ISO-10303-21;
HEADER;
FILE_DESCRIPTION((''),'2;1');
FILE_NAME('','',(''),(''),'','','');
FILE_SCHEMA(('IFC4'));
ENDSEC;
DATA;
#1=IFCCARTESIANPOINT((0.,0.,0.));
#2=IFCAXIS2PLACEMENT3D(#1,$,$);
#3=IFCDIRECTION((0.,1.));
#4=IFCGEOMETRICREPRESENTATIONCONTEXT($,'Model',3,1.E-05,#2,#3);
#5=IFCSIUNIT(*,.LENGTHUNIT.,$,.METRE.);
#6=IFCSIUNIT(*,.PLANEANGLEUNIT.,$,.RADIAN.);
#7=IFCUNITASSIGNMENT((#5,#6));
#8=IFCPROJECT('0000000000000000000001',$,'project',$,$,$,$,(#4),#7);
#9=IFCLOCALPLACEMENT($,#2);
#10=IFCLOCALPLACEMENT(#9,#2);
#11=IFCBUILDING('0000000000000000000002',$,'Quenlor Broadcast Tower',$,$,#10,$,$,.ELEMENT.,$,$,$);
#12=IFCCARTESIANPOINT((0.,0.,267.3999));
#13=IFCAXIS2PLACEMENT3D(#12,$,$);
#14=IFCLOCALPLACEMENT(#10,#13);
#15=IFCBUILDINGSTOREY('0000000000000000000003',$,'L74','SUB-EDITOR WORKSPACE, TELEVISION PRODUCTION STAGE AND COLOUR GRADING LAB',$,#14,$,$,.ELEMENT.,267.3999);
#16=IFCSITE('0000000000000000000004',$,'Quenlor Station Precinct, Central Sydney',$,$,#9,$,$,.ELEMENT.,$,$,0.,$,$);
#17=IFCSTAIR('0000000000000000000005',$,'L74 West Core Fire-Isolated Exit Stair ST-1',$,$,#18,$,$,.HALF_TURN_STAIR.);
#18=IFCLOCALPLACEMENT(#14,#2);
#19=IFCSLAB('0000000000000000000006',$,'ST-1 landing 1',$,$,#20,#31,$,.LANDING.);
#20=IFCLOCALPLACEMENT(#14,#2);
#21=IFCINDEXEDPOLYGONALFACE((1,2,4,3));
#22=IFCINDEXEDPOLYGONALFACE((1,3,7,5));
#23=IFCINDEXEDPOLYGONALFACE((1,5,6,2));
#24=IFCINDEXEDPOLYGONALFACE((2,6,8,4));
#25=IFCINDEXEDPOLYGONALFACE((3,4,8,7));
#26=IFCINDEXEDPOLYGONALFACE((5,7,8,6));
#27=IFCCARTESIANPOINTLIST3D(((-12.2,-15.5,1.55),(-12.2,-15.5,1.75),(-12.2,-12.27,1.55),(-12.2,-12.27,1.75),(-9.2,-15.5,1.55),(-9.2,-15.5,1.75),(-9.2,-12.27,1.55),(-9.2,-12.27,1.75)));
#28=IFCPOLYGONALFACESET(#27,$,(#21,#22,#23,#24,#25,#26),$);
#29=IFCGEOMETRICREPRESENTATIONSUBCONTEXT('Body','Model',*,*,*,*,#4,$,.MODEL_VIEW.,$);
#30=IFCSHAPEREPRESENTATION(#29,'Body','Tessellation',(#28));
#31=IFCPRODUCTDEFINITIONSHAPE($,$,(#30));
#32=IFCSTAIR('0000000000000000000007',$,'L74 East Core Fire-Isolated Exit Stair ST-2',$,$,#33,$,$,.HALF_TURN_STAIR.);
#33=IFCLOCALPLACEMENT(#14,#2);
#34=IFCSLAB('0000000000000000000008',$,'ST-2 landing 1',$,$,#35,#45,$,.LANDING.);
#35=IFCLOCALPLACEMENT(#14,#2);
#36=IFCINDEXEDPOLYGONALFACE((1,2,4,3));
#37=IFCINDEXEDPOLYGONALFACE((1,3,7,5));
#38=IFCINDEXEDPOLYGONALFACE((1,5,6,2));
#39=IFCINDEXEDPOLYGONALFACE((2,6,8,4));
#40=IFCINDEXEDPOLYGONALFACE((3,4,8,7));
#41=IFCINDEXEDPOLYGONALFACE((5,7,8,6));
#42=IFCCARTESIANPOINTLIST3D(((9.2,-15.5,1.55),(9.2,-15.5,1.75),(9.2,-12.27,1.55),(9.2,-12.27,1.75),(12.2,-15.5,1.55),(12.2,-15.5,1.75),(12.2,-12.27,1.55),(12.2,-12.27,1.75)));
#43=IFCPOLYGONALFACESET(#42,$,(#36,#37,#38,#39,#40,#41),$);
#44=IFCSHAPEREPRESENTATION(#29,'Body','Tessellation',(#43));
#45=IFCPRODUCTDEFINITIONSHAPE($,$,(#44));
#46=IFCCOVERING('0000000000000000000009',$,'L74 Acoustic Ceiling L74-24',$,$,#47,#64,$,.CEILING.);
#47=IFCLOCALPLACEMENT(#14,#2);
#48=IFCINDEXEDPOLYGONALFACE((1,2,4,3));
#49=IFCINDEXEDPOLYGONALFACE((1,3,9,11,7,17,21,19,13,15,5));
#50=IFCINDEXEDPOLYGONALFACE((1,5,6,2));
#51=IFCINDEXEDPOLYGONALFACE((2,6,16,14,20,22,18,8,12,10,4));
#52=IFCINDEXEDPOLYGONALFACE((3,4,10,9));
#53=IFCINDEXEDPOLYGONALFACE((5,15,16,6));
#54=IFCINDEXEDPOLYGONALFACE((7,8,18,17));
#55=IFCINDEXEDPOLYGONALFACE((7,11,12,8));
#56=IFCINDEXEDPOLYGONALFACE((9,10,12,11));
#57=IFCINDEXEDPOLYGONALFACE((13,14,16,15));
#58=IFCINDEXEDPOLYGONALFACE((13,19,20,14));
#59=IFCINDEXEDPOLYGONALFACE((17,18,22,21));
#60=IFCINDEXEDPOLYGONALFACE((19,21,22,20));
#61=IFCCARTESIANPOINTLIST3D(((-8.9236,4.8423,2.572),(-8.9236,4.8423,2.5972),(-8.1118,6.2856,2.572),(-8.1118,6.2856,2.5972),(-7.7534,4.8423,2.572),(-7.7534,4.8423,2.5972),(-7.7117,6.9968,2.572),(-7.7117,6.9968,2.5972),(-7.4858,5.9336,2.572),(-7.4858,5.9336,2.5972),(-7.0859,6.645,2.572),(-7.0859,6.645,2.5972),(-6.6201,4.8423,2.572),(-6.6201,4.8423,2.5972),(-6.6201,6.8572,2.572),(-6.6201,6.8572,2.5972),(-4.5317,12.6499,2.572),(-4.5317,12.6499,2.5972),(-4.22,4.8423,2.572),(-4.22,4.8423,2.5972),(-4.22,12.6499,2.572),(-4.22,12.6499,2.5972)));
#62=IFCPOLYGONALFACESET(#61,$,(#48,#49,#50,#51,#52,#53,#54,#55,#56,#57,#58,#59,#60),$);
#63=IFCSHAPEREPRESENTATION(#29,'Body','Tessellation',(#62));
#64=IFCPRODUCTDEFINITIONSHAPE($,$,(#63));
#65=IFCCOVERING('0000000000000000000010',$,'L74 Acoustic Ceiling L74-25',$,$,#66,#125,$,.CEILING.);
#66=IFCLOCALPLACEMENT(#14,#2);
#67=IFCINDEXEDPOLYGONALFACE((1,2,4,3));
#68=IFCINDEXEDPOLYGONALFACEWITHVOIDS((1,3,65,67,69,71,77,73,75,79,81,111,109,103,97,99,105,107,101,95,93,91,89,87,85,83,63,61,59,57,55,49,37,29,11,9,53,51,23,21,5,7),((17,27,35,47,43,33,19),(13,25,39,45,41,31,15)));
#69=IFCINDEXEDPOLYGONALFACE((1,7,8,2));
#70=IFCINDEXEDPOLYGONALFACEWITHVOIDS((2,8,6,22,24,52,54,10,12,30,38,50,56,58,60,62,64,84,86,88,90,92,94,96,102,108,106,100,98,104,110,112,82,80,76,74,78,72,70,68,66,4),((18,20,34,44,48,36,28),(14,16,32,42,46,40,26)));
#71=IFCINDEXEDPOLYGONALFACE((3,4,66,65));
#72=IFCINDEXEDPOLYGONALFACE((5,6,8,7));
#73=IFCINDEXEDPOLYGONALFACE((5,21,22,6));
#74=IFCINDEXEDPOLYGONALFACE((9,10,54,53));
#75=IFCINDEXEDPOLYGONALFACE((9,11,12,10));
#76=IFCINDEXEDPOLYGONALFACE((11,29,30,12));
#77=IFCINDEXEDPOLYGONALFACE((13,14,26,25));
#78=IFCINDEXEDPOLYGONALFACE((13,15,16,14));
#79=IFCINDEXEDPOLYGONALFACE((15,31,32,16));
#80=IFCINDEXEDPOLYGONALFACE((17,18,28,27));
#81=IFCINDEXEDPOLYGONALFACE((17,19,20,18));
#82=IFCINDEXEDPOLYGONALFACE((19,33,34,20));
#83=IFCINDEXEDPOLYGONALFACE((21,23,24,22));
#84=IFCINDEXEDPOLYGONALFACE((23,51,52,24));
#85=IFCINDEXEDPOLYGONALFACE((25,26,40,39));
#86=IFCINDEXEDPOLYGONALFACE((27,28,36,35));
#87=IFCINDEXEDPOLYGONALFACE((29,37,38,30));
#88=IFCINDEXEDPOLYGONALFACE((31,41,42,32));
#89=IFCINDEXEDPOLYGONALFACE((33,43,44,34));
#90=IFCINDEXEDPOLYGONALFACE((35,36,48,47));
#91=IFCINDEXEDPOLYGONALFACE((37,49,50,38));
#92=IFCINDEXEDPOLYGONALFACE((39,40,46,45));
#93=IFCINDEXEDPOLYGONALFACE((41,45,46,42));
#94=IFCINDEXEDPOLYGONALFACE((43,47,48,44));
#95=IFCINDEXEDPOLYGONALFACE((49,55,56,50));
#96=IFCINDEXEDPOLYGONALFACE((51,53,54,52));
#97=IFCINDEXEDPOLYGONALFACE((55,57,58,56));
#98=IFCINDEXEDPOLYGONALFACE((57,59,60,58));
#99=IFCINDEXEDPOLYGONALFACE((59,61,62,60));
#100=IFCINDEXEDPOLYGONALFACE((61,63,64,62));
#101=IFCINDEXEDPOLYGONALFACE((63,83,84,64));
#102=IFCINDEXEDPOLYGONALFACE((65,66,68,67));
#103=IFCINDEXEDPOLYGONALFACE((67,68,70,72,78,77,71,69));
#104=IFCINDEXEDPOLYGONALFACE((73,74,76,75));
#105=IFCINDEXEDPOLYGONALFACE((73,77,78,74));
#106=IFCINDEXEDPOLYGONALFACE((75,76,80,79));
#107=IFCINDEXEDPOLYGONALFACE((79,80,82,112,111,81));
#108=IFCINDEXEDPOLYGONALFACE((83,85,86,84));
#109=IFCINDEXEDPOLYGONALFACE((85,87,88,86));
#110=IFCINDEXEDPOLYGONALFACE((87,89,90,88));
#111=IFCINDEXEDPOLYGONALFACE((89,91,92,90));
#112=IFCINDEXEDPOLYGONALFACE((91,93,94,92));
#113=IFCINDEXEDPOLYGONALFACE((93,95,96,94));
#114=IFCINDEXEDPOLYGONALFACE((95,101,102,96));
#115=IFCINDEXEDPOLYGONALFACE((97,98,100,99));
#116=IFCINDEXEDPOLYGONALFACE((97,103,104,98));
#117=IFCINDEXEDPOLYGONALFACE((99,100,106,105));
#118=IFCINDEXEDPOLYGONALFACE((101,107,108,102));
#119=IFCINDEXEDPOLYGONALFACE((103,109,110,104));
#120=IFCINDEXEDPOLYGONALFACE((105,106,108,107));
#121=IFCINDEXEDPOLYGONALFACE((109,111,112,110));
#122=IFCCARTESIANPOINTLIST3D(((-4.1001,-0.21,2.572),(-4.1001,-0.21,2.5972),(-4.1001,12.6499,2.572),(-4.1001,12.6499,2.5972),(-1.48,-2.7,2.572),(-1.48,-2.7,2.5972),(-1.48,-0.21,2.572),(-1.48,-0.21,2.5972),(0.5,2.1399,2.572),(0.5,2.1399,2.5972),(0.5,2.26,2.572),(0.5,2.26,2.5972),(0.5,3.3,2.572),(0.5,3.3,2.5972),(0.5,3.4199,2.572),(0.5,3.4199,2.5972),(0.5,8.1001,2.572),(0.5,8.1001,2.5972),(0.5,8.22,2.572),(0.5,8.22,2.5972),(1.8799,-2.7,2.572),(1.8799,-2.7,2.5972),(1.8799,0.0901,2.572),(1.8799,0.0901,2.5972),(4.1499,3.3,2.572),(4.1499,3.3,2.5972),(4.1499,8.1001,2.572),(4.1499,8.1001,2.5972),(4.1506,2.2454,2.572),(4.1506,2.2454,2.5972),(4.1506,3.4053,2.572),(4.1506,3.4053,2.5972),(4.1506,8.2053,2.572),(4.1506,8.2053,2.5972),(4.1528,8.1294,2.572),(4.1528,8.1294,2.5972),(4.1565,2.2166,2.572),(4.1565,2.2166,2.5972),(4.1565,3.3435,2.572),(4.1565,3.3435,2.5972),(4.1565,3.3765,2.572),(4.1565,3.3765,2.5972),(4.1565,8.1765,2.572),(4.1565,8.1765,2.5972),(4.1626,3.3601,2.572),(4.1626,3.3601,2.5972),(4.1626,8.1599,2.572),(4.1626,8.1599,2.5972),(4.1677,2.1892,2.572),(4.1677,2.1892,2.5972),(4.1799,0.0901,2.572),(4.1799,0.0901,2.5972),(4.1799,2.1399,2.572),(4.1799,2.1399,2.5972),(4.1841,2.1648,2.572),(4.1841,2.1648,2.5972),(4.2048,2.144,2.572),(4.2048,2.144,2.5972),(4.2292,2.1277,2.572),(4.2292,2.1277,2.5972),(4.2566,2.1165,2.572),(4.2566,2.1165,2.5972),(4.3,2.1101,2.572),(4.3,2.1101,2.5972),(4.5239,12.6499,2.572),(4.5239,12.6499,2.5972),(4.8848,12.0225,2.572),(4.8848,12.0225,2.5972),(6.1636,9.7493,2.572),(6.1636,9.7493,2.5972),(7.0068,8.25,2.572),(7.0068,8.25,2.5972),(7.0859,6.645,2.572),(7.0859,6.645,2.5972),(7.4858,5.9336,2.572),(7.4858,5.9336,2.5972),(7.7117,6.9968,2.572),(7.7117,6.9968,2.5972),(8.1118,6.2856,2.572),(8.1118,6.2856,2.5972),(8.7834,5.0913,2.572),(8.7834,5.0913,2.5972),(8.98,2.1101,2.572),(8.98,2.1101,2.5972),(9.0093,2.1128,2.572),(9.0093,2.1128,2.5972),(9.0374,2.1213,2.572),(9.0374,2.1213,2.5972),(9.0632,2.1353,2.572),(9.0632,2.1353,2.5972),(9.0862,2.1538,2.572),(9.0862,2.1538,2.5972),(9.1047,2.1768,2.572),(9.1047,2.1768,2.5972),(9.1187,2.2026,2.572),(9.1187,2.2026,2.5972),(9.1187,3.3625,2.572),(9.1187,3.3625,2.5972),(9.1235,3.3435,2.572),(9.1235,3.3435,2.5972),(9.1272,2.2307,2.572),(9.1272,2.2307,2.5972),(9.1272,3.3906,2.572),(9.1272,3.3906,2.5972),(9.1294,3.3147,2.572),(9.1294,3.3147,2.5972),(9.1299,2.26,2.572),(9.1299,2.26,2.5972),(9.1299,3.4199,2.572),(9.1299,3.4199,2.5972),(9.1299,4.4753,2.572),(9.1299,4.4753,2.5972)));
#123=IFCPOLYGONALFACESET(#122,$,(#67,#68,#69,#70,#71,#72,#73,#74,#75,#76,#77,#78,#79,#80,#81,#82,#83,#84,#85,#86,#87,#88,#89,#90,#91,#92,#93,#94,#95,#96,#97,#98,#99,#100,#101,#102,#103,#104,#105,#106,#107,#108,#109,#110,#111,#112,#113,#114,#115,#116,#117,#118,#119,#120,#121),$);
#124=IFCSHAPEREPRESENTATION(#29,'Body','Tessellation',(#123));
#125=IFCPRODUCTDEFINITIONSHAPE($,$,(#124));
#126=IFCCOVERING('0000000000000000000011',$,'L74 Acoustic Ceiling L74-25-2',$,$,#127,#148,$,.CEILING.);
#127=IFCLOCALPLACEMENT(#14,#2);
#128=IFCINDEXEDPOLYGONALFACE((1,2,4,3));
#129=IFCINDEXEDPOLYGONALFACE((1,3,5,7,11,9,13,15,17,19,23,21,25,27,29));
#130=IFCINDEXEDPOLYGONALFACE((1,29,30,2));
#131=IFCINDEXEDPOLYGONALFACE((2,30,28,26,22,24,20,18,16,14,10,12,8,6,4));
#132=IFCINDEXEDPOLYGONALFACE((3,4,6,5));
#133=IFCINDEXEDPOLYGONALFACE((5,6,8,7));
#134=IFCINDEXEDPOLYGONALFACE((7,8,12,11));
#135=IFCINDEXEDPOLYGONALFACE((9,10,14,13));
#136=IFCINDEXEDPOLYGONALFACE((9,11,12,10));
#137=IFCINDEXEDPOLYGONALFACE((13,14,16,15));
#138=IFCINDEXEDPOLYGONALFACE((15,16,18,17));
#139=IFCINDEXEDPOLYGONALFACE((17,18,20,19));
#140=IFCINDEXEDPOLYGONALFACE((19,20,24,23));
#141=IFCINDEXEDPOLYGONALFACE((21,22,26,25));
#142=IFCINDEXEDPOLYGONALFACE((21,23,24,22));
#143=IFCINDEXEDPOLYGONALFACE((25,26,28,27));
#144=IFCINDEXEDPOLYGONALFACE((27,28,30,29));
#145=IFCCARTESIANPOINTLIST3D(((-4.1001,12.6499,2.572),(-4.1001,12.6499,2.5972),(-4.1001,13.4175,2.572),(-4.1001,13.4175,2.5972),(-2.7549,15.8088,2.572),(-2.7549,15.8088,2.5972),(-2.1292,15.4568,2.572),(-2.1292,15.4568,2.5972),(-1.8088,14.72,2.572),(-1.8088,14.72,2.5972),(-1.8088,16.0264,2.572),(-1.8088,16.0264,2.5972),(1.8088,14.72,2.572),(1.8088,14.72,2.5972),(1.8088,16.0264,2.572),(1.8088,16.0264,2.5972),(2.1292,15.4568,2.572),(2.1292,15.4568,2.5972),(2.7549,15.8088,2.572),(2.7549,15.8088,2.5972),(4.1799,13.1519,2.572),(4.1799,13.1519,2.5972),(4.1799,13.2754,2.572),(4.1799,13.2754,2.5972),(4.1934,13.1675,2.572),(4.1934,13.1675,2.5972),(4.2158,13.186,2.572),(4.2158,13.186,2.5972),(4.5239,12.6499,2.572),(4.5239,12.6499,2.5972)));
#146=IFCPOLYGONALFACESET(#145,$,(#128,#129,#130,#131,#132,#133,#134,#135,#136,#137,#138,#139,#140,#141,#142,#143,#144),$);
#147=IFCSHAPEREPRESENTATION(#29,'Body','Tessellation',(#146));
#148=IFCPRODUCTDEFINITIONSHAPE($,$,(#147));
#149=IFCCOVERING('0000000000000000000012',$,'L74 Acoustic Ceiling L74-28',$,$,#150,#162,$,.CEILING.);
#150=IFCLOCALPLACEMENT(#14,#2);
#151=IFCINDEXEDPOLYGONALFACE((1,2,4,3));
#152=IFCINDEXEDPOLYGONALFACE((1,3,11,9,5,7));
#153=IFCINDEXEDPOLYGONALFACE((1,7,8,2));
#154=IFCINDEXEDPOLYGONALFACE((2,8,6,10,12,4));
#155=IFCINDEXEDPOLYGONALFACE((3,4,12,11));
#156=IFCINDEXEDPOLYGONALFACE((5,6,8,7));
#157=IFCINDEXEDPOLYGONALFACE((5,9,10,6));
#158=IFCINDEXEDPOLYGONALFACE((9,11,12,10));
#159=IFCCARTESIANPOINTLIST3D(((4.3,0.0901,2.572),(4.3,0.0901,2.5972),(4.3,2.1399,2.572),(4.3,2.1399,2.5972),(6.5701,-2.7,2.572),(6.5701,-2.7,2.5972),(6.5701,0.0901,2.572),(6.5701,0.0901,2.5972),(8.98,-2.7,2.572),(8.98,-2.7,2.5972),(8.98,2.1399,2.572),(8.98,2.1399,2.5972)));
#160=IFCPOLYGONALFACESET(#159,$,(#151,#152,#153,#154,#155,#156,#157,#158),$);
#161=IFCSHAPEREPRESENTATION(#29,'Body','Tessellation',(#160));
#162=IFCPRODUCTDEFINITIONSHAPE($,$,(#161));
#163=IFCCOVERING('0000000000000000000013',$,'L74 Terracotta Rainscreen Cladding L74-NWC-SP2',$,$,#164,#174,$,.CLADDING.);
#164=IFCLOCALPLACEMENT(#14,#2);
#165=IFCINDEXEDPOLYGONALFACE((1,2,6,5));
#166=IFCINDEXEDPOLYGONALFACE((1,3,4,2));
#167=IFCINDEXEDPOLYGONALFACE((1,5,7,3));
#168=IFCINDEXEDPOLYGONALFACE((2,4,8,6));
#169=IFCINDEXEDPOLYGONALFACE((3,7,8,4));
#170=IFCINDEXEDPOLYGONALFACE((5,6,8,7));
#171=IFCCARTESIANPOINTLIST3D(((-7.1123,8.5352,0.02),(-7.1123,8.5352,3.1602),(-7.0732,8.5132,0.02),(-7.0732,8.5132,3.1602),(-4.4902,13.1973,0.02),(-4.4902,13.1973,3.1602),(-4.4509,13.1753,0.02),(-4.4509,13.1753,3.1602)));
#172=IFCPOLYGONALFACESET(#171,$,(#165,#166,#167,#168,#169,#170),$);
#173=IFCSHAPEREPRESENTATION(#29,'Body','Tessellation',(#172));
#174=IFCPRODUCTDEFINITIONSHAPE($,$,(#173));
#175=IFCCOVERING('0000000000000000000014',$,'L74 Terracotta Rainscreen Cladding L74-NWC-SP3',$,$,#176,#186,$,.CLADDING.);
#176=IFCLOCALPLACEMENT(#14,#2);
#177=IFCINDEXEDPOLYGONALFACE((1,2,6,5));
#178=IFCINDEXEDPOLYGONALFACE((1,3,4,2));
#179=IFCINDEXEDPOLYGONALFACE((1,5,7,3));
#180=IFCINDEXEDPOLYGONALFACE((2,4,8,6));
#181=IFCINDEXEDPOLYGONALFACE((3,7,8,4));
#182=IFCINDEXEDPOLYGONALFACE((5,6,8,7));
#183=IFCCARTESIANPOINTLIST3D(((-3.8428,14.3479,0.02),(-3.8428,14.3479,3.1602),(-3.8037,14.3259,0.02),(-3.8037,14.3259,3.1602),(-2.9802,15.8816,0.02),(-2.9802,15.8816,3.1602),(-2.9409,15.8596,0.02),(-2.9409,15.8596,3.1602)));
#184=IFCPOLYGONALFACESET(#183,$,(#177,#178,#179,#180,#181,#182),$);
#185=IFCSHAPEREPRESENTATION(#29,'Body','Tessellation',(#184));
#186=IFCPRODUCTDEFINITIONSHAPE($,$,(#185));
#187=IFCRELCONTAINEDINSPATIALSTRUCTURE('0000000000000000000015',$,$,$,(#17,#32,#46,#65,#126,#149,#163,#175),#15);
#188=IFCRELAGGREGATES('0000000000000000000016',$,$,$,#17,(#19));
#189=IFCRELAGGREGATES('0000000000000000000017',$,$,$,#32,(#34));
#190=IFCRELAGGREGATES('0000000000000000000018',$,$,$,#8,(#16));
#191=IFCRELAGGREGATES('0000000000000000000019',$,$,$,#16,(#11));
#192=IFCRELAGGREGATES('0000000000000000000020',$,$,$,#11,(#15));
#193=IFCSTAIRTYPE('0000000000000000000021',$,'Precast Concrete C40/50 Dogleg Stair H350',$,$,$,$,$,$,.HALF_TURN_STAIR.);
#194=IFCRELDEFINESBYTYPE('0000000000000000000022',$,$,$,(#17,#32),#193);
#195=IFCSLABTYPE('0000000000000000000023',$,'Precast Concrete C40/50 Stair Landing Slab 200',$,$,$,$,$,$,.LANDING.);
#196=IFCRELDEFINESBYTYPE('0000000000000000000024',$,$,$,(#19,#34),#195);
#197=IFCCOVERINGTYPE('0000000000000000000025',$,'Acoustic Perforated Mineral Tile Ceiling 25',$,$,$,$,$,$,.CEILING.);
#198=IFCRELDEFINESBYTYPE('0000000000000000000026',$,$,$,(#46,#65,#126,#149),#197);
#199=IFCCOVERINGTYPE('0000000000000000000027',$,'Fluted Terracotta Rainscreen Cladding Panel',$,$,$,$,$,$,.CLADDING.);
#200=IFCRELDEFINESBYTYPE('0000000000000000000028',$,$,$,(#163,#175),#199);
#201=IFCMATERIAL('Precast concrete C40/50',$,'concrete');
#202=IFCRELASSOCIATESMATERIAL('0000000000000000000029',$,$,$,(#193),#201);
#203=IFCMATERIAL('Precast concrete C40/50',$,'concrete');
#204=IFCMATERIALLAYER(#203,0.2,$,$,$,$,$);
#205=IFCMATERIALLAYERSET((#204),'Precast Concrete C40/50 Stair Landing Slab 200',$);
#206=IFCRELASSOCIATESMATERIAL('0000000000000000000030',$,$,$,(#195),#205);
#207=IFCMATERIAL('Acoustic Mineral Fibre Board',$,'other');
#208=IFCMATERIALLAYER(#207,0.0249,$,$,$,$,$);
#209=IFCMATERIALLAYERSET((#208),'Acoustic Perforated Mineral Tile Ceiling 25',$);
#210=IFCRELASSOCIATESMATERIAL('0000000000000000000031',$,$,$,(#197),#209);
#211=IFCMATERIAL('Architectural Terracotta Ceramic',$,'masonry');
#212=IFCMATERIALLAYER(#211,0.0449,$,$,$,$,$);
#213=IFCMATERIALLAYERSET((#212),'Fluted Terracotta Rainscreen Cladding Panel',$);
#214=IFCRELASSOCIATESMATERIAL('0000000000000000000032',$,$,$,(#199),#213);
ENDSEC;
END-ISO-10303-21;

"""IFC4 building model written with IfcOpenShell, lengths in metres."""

from ifc_helpers import new_model, si_unit, direction, frame, origin, place, context, subcontext, project, spatial, polyline, outline, extrude, material, layer, layer_set, type_object, element, aggregate, save


model = new_model("IFC4")

# Units and contexts
model_context = context("Model", 3, precision=1e-05, world=origin(), true_north=direction((0.0, 1.0)))
body_context = subcontext(model_context, "Body", "Model", "MODEL_VIEW")
ifc_project = project(units=[si_unit("LENGTHUNIT", "METRE"), si_unit("PLANEANGLEUNIT", "RADIAN")], contexts=[model_context])

# Site, building, storey
site_placement = place(None, origin())
site = spatial("IfcSite", under=ifc_project, at=site_placement, Name="Quenlor Station Precinct, Central Sydney", CompositionType="ELEMENT", RefElevation=0.0)
building_placement = place(site_placement, origin())
building = spatial("IfcBuilding", under=site, at=building_placement, Name="Quenlor Broadcast Tower", CompositionType="ELEMENT")
storey_placement = place(building_placement, frame((0.0, 0.0, 267.3999)))
storey = spatial("IfcBuildingStorey", under=building, at=storey_placement, Name="L74", Description="SUB-EDITOR WORKSPACE, TELEVISION PRODUCTION STAGE AND COLOUR GRADING LAB", CompositionType="ELEMENT", Elevation=267.3999)

# Stairs, slabs
ifc_material_1 = material(Name="Precast concrete C40/50", Category="concrete")
stair_type = type_object("IfcStairType", Name="Precast Concrete C40/50 Dogleg Stair H350", PredefinedType="HALF_TURN_STAIR", material=ifc_material_1)
stair_1_placement = place(storey_placement, origin())
stair_1 = element("IfcStair", 1, at=stair_1_placement, inside=storey, type_object=stair_type, Name="L74 West Core Fire-Isolated Exit Stair ST-1", PredefinedType="HALF_TURN_STAIR")
ifc_material_2 = material(Name="Precast concrete C40/50", Category="concrete")
ifc_layer_1 = layer(ifc_material_2, 0.2)
ifc_layer_set_1 = layer_set([ifc_layer_1], Name="Precast Concrete C40/50 Stair Landing Slab 200")
slab_type = type_object("IfcSlabType", Name="Precast Concrete C40/50 Stair Landing Slab 200", PredefinedType="LANDING", material=ifc_layer_set_1)
slab_1_placement = place(storey_placement, frame((0.0, 0.0, 1.55)))
slab_1 = element("IfcSlab", 2, at=slab_1_placement, type_object=slab_type, Name="ST-1 landing 1", PredefinedType="LANDING", context=body_context, shape_type="SweptSolid", body=[
    extrude(outline(polyline([(-12.2, -12.27), (-12.2, -15.5), (-9.2, -15.5), (-9.2, -12.27), (-12.2, -12.27)])), origin(), (0.0, 0.0, 1.0), 0.2),
])
aggregate(stair_1, [slab_1])
stair_2_placement = place(storey_placement, origin())
stair_2 = element("IfcStair", 3, at=stair_2_placement, inside=storey, type_object=stair_type, Name="L74 East Core Fire-Isolated Exit Stair ST-2", PredefinedType="HALF_TURN_STAIR")
slab_2_placement = place(storey_placement, frame((0.0, 0.0, 1.55)))
slab_2 = element("IfcSlab", 4, at=slab_2_placement, type_object=slab_type, Name="ST-2 landing 1", PredefinedType="LANDING", context=body_context, shape_type="SweptSolid", body=[
    extrude(outline(polyline([(9.2, -12.27), (9.2, -15.5), (12.2, -15.5), (12.2, -12.27), (9.2, -12.27)])), origin(), (0.0, 0.0, 1.0), 0.2),
])
aggregate(stair_2, [slab_2])

# Coverings
ifc_material_3 = material(Name="Acoustic Mineral Fibre Board", Category="other")
ifc_layer_2 = layer(ifc_material_3, 0.0249)
ifc_layer_set_2 = layer_set([ifc_layer_2], Name="Acoustic Perforated Mineral Tile Ceiling 25")
covering_type_1 = type_object("IfcCoveringType", Name="Acoustic Perforated Mineral Tile Ceiling 25", PredefinedType="CEILING", material=ifc_layer_set_2)
covering_1_placement = place(storey_placement, frame((0.0, 0.0, 2.572)))
element("IfcCovering", 5, at=covering_1_placement, inside=storey, type_object=covering_type_1, Name="L74 Acoustic Ceiling L74-24", PredefinedType="CEILING", context=body_context, shape_type="SweptSolid", body=[
    extrude(outline(polyline([(-8.1118, 6.2856), (-7.4858, 5.9336), (-7.0859, 6.645), (-7.7117, 6.9968), (-4.5317, 12.6499), (-4.22, 12.6499), (-4.22, 4.8423), (-6.6201, 4.8423), (-6.6201, 6.8572), (-7.7534, 4.8423), (-8.9236, 4.8423), (-8.1118, 6.2856)])), origin(), (0.0, 0.0, 1.0), 0.0251),
])
covering_2_placement = place(storey_placement, frame((0.0, 0.0, 2.572)))
element("IfcCovering", 6, at=covering_2_placement, inside=storey, type_object=covering_type_1, Name="L74 Acoustic Ceiling L74-25", PredefinedType="CEILING", context=body_context, shape_type="SweptSolid", body=[
    extrude(outline(polyline([(4.2048, 2.144), (4.1841, 2.1648), (4.1677, 2.1892), (4.1565, 2.2166), (4.1506, 2.2454), (0.5, 2.26), (0.5, 2.1399), (4.1799, 2.1399), (4.1799, 0.0901), (1.8799, 0.0901), (1.8799, -2.7), (-1.48, -2.7), (-1.48, -0.21), (-4.1001, -0.21), (-4.1001, 12.6499), (4.5239, 12.6499), (4.8848, 12.0225), (6.1636, 9.7493), (7.0068, 8.25), (7.7117, 6.9968), (7.0859, 6.645), (7.4858, 5.9336), (8.1118, 6.2856), (8.7834, 5.0913), (9.1299, 4.4753), (9.1299, 3.4199), (9.1272, 3.3906), (9.1187, 3.3625), (9.1235, 3.3435), (9.1294, 3.3147), (9.1299, 2.26), (9.1272, 2.2307), (9.1187, 2.2026), (9.1047, 2.1768), (9.0862, 2.1538), (9.0632, 2.1353), (9.0374, 2.1213), (9.0093, 2.1128), (8.98, 2.1101), (4.3, 2.1101), (4.2566, 2.1165), (4.2292, 2.1277), (4.2048, 2.144)]), holes=[polyline([(4.1565, 3.3765), (4.1506, 3.4053), (0.5, 3.4199), (0.5, 3.3), (4.1499, 3.3), (4.1565, 3.3435), (4.1626, 3.3601), (4.1565, 3.3765)]), polyline([(4.1506, 8.2053), (0.5, 8.22), (0.5, 8.1001), (4.1499, 8.1001), (4.1528, 8.1294), (4.1626, 8.1599), (4.1565, 8.1765), (4.1506, 8.2053)])]), origin(), (0.0, 0.0, 1.0), 0.0251),
])
covering_3_placement = place(storey_placement, frame((0.0, 0.0, 2.572)))
element("IfcCovering", 7, at=covering_3_placement, inside=storey, type_object=covering_type_1, Name="L74 Acoustic Ceiling L74-25-2", PredefinedType="CEILING", context=body_context, shape_type="SweptSolid", body=[
    extrude(outline(polyline([(-4.1001, 13.4175), (-2.7549, 15.8088), (-2.1292, 15.4568), (-1.8088, 16.0264), (-1.8088, 14.72), (1.8088, 14.72), (1.8088, 16.0264), (2.1292, 15.4568), (2.7549, 15.8088), (4.1799, 13.2754), (4.1799, 13.1519), (4.1934, 13.1675), (4.2158, 13.186), (4.5239, 12.6499), (-4.1001, 12.6499), (-4.1001, 13.4175)])), origin(), (0.0, 0.0, 1.0), 0.0251),
])
covering_4_placement = place(storey_placement, frame((0.0, 0.0, 2.572)))
element("IfcCovering", 8, at=covering_4_placement, inside=storey, type_object=covering_type_1, Name="L74 Acoustic Ceiling L74-28", PredefinedType="CEILING", context=body_context, shape_type="SweptSolid", body=[
    extrude(outline(polyline([(4.3, 2.1399), (8.98, 2.1399), (8.98, -2.7), (6.5701, -2.7), (6.5701, 0.0901), (4.3, 0.0901), (4.3, 2.1399)])), origin(), (0.0, 0.0, 1.0), 0.0251),
])
ifc_material_4 = material(Name="Architectural Terracotta Ceramic", Category="masonry")
ifc_layer_3 = layer(ifc_material_4, 0.0449)
ifc_layer_set_3 = layer_set([ifc_layer_3], Name="Fluted Terracotta Rainscreen Cladding Panel")
covering_type_2 = type_object("IfcCoveringType", Name="Fluted Terracotta Rainscreen Cladding Panel", PredefinedType="CLADDING", material=ifc_layer_set_3)
covering_5_placement = place(storey_placement, frame((0.0, 0.0, 0.02)))
element("IfcCovering", 9, at=covering_5_placement, inside=storey, type_object=covering_type_2, Name="L74 Terracotta Rainscreen Cladding L74-NWC-SP2", PredefinedType="CLADDING", context=body_context, shape_type="SweptSolid", body=[
    extrude(outline(polyline([(-7.0732, 8.5132), (-4.4509, 13.1753), (-4.4902, 13.1973), (-7.1123, 8.5352), (-7.0732, 8.5132)])), origin(), (0.0, 0.0, 1.0), 3.1401),
])
covering_6_placement = place(storey_placement, frame((0.0, 0.0, 0.02)))
element("IfcCovering", 10, at=covering_6_placement, inside=storey, type_object=covering_type_2, Name="L74 Terracotta Rainscreen Cladding L74-NWC-SP3", PredefinedType="CLADDING", context=body_context, shape_type="SweptSolid", body=[
    extrude(outline(polyline([(-3.8037, 14.3259), (-2.9409, 15.8596), (-2.9802, 15.8816), (-3.8428, 14.3479), (-3.8037, 14.3259)])), origin(), (0.0, 0.0, 1.0), 3.1401),
])

save(model, "model.ifc")
